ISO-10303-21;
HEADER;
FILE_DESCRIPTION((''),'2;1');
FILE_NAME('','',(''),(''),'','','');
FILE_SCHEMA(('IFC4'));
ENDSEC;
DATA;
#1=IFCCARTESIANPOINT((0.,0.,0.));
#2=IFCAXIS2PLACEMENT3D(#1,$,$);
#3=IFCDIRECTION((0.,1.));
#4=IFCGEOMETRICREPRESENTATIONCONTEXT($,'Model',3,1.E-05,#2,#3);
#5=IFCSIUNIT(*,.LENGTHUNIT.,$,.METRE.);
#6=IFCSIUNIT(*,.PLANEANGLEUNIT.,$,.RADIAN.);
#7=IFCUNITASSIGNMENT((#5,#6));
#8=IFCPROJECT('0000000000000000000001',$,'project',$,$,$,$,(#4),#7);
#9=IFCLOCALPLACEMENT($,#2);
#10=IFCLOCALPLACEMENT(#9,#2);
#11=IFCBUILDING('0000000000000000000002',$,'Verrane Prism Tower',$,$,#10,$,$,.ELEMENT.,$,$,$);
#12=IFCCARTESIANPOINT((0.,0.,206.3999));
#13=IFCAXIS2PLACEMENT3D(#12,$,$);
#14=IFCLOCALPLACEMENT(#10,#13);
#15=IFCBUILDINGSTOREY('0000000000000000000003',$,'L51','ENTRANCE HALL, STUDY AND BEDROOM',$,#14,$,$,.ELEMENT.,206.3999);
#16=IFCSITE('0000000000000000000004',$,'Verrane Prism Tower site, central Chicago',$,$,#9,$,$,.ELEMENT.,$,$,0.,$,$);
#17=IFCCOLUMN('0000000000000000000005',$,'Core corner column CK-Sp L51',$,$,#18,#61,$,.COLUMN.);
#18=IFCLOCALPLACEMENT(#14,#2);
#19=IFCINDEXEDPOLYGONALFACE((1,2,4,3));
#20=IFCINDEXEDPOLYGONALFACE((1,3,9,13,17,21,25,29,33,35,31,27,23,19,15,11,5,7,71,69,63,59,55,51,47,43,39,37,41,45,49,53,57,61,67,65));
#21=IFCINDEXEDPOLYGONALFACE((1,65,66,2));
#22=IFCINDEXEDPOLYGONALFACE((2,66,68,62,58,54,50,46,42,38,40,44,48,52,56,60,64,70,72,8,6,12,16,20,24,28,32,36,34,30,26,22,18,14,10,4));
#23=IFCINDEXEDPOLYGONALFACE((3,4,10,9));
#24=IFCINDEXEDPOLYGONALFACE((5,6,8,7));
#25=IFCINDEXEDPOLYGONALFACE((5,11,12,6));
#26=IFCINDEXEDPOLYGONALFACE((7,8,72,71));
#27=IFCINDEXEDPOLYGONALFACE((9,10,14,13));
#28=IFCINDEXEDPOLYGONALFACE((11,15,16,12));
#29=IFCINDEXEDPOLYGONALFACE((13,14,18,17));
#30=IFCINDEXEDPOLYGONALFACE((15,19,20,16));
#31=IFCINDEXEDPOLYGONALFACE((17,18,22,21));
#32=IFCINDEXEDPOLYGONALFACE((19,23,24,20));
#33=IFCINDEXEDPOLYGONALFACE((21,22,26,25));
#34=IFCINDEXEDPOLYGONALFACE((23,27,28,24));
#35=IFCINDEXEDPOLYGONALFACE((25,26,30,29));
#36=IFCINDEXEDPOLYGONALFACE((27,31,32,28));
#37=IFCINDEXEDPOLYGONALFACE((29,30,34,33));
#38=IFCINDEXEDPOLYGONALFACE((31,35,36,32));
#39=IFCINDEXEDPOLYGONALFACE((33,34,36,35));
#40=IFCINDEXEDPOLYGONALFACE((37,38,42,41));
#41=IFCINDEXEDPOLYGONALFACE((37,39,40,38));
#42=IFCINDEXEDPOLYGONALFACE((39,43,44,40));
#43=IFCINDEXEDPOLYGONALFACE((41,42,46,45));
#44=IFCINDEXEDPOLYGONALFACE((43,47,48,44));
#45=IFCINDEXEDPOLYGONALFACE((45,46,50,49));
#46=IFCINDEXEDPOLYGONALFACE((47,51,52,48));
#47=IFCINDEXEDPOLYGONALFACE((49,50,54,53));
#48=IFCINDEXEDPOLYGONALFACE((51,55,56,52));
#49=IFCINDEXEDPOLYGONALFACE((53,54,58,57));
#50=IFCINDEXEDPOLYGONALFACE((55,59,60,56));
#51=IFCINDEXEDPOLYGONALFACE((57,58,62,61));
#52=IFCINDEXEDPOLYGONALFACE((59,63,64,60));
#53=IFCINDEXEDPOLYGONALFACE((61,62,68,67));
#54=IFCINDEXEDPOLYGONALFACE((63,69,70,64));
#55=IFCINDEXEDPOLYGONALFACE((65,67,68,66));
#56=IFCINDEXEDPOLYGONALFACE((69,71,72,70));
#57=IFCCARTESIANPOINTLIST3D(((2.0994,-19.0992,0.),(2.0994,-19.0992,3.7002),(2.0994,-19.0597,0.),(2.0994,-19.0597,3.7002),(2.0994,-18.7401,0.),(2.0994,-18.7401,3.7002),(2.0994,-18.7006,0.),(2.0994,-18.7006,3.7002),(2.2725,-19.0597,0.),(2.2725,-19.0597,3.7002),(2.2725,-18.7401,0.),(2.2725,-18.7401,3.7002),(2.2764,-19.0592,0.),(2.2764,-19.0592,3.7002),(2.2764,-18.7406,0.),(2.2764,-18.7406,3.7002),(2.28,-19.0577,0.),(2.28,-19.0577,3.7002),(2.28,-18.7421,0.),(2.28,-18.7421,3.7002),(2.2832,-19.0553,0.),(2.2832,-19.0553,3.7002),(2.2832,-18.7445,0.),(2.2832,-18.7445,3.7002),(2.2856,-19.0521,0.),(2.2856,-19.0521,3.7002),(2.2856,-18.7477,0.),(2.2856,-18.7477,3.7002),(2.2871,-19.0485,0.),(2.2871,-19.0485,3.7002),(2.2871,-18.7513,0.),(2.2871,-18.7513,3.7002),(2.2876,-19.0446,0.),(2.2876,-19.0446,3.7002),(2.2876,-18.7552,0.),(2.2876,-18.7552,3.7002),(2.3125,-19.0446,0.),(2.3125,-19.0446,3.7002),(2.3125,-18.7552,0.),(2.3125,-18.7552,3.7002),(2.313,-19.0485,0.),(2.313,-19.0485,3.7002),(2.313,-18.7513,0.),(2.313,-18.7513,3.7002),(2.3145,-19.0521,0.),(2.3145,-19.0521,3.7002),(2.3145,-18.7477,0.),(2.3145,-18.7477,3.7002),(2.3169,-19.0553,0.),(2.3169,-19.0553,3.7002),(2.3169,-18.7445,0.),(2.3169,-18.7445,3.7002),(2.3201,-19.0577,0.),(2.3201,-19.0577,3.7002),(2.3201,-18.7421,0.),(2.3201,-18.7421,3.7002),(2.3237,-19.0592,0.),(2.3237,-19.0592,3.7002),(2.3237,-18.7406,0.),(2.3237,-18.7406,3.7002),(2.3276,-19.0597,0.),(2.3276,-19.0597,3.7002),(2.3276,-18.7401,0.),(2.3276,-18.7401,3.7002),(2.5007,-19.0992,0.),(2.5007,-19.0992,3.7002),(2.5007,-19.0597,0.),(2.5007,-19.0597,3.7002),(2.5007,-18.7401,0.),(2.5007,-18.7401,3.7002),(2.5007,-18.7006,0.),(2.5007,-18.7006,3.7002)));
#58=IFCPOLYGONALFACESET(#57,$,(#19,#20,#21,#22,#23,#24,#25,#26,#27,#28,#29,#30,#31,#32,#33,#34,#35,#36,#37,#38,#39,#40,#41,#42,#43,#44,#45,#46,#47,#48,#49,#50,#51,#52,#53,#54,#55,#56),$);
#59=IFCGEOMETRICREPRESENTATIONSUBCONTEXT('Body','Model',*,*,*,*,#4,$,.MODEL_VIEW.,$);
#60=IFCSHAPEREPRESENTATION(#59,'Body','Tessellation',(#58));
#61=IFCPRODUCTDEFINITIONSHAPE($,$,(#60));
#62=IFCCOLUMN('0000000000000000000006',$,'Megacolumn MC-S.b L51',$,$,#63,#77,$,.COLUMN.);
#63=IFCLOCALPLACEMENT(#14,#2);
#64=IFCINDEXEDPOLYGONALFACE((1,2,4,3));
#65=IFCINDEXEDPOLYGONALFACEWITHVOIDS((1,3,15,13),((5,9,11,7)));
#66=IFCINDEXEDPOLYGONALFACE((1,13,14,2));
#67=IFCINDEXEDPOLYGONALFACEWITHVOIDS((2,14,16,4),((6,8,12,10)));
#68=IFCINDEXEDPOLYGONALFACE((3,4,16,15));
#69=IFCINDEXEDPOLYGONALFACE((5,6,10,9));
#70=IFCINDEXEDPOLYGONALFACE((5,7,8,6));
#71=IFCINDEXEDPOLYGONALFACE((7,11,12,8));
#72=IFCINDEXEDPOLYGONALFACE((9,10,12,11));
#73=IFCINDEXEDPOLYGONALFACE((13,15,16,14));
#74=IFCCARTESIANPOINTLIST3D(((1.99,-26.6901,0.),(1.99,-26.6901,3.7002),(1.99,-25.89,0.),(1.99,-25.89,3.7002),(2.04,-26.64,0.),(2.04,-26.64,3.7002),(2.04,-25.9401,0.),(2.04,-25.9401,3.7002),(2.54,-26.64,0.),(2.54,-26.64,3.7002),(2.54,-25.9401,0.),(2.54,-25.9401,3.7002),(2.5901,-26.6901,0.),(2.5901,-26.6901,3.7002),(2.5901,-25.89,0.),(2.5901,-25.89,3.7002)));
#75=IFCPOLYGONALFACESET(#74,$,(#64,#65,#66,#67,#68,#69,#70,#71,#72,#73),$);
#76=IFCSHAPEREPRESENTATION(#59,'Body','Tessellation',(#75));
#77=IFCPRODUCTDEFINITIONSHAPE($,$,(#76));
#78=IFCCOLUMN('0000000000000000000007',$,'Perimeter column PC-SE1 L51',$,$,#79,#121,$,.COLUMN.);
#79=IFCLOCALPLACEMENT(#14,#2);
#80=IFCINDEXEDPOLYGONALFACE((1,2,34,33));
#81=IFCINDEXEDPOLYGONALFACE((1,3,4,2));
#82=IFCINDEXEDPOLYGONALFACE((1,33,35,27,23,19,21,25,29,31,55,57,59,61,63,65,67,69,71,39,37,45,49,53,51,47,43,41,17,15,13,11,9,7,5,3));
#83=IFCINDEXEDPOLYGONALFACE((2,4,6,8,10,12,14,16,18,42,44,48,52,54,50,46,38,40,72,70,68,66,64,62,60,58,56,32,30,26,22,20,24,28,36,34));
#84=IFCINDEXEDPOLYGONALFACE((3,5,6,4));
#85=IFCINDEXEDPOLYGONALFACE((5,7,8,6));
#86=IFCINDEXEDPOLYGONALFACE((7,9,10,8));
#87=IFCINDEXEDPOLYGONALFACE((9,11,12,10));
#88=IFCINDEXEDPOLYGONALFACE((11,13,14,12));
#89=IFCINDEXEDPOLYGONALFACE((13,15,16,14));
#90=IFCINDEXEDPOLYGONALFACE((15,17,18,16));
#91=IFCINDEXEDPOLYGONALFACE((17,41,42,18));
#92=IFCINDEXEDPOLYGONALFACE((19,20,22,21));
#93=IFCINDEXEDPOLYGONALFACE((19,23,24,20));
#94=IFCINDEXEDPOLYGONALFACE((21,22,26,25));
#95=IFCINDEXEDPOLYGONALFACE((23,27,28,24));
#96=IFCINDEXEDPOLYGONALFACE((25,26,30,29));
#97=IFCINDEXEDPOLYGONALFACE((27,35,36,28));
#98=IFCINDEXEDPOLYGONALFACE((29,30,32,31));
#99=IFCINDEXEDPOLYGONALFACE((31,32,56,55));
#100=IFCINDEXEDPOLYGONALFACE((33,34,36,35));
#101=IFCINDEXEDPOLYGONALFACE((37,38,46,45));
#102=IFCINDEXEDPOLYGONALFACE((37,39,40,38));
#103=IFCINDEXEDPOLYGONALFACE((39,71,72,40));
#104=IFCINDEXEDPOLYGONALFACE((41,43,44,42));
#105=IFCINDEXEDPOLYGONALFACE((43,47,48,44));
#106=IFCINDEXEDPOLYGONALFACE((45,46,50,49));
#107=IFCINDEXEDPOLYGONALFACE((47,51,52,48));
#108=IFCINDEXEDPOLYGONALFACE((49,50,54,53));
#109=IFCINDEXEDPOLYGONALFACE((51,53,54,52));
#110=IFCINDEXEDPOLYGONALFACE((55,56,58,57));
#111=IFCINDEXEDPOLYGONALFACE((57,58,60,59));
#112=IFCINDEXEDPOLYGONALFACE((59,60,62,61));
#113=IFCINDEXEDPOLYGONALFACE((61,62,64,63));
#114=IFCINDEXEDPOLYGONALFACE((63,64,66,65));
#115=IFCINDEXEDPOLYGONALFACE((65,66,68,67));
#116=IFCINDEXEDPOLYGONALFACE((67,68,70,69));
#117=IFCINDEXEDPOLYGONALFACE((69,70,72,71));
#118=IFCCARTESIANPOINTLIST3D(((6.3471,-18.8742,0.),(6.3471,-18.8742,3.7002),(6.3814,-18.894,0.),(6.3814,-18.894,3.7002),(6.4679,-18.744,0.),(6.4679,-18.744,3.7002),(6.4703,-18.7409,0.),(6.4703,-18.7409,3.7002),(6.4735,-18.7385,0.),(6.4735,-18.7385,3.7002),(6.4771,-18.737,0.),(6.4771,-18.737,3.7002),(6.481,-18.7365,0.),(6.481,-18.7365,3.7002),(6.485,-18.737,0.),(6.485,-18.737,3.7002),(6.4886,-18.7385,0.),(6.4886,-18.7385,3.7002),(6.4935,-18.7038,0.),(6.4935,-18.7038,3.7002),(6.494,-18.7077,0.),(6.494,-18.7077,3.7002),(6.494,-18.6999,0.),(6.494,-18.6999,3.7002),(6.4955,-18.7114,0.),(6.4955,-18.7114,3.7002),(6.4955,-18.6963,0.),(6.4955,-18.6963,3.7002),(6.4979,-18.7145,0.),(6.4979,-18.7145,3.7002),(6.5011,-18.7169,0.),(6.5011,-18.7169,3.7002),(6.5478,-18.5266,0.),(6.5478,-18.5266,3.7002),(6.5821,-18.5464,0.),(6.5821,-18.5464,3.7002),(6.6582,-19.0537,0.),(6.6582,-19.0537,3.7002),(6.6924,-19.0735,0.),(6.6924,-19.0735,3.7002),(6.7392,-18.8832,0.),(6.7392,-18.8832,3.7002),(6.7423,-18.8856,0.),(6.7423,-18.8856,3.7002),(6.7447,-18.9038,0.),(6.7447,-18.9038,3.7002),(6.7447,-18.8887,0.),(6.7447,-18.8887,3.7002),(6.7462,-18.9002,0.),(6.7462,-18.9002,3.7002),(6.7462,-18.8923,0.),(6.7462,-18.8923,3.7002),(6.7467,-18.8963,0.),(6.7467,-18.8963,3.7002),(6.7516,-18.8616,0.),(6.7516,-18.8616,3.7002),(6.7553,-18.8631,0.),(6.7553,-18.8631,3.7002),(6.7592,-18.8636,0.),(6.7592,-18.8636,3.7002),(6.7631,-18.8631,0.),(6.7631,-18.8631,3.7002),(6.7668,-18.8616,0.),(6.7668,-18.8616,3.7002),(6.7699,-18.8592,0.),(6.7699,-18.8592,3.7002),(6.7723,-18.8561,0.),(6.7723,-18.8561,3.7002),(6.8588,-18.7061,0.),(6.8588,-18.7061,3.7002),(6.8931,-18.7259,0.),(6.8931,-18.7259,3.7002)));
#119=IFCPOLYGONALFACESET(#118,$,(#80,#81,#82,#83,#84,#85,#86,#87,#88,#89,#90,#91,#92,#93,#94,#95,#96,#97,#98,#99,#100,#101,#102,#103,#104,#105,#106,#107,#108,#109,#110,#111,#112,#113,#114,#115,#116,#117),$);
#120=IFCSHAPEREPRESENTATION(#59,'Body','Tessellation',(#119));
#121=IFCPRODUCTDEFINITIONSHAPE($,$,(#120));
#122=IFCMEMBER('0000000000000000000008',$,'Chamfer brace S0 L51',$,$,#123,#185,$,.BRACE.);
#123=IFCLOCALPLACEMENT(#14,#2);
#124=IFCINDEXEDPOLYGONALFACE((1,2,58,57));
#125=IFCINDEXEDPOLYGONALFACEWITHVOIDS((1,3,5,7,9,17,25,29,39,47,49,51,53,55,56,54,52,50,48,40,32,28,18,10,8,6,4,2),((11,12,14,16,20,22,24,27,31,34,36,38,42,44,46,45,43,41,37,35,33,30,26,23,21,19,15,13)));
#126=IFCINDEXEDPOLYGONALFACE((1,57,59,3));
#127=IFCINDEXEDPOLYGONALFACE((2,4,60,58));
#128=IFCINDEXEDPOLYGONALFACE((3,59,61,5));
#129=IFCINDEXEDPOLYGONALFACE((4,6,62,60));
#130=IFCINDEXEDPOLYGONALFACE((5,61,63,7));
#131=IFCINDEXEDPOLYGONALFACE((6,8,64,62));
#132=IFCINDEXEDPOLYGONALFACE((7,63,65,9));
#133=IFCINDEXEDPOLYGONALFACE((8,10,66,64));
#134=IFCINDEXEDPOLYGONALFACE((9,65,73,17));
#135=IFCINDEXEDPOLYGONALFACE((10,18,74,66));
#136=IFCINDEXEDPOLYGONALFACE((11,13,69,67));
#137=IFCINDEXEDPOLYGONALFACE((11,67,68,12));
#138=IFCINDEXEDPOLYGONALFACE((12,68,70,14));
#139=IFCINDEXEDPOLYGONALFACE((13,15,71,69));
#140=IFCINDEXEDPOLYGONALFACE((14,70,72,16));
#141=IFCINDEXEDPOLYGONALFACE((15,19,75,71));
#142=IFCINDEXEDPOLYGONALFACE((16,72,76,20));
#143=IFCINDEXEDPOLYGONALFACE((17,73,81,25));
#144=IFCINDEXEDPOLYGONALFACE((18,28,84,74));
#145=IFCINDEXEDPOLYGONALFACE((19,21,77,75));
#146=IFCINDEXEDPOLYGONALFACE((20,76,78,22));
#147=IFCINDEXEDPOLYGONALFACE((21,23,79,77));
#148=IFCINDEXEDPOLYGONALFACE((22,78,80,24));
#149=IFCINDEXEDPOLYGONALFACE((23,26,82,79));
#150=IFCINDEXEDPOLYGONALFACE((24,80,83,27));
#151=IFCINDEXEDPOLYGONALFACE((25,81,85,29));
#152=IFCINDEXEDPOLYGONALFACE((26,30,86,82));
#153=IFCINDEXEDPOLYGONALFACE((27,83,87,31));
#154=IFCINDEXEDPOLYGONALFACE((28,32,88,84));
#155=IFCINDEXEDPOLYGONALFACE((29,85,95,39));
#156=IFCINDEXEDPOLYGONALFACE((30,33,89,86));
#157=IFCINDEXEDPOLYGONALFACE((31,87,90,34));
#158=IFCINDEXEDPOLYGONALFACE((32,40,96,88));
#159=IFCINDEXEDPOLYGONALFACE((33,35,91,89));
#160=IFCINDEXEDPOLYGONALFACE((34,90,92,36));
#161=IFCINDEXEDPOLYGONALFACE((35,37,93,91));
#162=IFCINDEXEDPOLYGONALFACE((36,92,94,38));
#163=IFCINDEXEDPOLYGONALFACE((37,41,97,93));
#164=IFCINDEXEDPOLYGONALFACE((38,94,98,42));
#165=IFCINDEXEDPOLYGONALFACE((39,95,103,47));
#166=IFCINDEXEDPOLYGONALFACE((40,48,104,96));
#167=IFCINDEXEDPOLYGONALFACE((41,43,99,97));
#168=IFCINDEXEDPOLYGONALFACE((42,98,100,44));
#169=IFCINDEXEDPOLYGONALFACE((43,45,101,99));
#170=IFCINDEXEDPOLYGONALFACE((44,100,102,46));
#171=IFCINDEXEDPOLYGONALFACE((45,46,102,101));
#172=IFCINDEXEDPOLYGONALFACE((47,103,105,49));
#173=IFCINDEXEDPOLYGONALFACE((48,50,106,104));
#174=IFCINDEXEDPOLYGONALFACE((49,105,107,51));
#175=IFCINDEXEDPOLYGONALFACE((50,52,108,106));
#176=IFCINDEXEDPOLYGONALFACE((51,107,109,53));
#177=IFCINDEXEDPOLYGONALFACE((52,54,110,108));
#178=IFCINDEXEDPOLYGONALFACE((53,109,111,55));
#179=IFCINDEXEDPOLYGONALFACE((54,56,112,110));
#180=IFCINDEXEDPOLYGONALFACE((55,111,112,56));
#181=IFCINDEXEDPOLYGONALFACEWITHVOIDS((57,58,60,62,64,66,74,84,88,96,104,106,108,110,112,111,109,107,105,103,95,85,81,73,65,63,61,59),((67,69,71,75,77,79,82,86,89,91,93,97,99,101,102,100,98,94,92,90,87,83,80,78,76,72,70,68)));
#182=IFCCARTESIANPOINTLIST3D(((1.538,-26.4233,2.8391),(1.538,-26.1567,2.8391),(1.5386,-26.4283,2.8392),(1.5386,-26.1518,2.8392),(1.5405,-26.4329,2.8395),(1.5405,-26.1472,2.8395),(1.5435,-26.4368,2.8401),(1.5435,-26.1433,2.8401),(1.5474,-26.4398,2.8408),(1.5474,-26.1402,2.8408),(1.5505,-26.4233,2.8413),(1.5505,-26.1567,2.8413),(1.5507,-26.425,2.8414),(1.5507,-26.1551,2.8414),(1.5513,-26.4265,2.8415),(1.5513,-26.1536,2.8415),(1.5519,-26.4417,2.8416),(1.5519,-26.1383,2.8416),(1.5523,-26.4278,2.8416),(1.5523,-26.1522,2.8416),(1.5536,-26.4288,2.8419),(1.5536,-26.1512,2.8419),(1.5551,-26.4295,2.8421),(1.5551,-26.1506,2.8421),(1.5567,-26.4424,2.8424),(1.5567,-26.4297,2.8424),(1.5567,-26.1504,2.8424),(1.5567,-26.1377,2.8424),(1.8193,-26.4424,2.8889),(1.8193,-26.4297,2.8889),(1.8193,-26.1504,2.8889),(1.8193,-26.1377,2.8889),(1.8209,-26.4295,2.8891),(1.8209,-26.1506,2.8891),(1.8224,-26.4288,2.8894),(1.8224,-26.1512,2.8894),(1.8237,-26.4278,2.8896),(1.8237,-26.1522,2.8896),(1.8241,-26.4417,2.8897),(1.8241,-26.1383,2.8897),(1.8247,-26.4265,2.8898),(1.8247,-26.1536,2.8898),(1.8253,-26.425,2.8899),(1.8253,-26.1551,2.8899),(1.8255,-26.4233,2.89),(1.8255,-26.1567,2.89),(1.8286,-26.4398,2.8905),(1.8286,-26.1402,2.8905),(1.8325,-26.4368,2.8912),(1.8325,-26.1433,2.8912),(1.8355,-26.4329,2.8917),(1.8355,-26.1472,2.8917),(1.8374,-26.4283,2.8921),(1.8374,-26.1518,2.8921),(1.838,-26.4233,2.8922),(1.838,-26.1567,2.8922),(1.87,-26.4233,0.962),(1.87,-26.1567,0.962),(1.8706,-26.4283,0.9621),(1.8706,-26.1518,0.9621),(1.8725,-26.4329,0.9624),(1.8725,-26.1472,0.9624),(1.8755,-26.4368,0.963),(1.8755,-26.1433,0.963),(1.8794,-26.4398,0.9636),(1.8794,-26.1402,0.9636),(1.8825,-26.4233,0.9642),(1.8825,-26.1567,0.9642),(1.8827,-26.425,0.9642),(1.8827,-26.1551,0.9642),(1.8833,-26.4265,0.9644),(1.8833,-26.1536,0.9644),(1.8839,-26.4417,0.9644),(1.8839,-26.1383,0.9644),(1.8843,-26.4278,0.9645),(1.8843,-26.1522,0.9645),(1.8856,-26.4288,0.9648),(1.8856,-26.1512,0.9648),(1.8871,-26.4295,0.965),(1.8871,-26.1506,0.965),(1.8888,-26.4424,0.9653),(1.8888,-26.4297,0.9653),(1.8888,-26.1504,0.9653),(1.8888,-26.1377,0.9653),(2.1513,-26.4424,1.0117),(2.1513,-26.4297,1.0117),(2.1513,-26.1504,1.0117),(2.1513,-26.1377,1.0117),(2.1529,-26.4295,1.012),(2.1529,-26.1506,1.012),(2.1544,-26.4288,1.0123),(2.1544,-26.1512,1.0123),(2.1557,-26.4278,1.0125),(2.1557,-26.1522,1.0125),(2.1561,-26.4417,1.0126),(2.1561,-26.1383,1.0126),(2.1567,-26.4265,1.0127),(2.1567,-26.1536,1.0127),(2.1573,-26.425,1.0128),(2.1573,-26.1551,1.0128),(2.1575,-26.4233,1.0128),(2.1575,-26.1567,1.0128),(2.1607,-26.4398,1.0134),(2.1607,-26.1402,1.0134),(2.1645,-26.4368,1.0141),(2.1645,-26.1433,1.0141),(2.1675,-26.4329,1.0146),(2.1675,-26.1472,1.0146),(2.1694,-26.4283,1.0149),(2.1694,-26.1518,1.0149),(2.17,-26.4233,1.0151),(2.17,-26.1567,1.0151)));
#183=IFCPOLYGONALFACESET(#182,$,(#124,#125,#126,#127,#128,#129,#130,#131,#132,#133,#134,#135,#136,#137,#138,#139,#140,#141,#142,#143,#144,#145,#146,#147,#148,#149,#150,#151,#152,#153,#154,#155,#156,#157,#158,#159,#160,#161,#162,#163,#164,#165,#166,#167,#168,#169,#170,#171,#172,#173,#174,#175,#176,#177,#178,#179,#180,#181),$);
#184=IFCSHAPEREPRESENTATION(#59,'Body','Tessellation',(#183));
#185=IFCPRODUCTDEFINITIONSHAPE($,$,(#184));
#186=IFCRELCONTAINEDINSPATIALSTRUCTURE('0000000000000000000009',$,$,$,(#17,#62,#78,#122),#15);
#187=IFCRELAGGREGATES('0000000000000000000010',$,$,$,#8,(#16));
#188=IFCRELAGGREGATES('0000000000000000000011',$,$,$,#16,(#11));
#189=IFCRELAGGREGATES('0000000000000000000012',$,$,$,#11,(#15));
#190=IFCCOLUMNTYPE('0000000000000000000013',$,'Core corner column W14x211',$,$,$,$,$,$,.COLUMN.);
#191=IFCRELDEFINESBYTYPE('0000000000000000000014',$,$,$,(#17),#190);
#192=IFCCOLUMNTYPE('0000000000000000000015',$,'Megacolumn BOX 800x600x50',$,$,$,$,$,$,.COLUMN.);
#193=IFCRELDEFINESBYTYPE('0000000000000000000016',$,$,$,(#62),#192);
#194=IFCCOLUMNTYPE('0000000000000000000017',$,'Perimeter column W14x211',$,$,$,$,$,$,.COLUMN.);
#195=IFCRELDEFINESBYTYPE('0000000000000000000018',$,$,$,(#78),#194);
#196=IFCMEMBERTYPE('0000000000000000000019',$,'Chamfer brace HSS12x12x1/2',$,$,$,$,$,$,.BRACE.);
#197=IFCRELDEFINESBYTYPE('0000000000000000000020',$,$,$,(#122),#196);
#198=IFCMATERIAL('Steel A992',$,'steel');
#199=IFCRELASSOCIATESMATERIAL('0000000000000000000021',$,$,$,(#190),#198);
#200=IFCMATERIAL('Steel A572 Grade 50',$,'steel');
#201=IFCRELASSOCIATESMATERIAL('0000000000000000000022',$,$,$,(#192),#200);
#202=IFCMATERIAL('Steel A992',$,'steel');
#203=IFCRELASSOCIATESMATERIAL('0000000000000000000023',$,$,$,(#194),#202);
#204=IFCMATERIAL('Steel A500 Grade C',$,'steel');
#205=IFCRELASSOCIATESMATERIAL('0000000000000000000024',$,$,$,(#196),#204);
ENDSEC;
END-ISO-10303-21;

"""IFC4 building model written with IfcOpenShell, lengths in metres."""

from ifc_helpers import new_model, si_unit, direction, frame, origin, origin_2d, place, context, subcontext, project, spatial, hollow_rectangle, i_section, extrude, material, material_profile, profile_set, type_object, element, save


model = new_model("IFC4")

# Units and contexts
model_context = context("Model", 3, precision=1e-05, world=origin(), true_north=direction((0.0, 1.0)))
body_context = subcontext(model_context, "Body", "Model", "MODEL_VIEW")
ifc_project = project(units=[si_unit("LENGTHUNIT", "METRE"), si_unit("PLANEANGLEUNIT", "RADIAN")], contexts=[model_context])

# Site, building, storey
site_placement = place(None, origin())
site = spatial("IfcSite", under=ifc_project, at=site_placement, Name="Verrane Prism Tower site, central Chicago", CompositionType="ELEMENT", RefElevation=0.0)
building_placement = place(site_placement, origin())
building = spatial("IfcBuilding", under=site, at=building_placement, Name="Verrane Prism Tower", CompositionType="ELEMENT")
storey_placement = place(building_placement, frame((0.0, 0.0, 206.3999)))
storey = spatial("IfcBuildingStorey", under=building, at=storey_placement, Name="L51", Description="ENTRANCE HALL, STUDY AND BEDROOM", CompositionType="ELEMENT", Elevation=206.3999)

# Columns
ifc_material_1 = material(Name="Steel A992", Category="steel")
ifc_material_profile_1 = material_profile(ifc_material_1, i_section(OverallWidth=0.4014, OverallDepth=0.3987, WebThickness=0.0249, FlangeThickness=0.0396, FilletRadius=0.0151, at=origin_2d()), Name="W14x211")
ifc_profile_set_1 = profile_set([ifc_material_profile_1], Name="Steel A992")
column_type_1 = type_object("IfcColumnType", Name="Core corner column W14x211", PredefinedType="COLUMN", material=ifc_profile_set_1)
column_1_placement = place(storey_placement, frame((2.3, -18.8999, 0.0), z_axis=(0.0, 0.0, 1.0), x_axis=(-1.0, 0.0, 0.0)))
element("IfcColumn", 1, at=column_1_placement, inside=storey, type_object=column_type_1, Name="Core corner column CK-Sp L51", PredefinedType="COLUMN", context=body_context, shape_type="SweptSolid", body=[
    extrude(i_section(OverallWidth=0.4014, OverallDepth=0.3987, WebThickness=0.0249, FlangeThickness=0.0396, FilletRadius=0.0151, at=origin_2d()), origin(), (0.0, 0.0, 1.0), 3.7002),
])
ifc_material_2 = material(Name="Steel A572 Grade 50", Category="steel")
ifc_material_profile_2 = material_profile(ifc_material_2, hollow_rectangle(XDim=0.6001, YDim=0.8, WallThickness=0.05, at=origin_2d()), Name="BOX 800x600x50")
ifc_profile_set_2 = profile_set([ifc_material_profile_2], Name="Steel A572 Grade 50")
column_type_2 = type_object("IfcColumnType", Name="Megacolumn BOX 800x600x50", PredefinedType="COLUMN", material=ifc_profile_set_2)
column_2_placement = place(storey_placement, frame((2.29, -26.29, 0.0), z_axis=(0.0, 0.0, 1.0), x_axis=(-1.0, 0.0, 0.0)))
element("IfcColumn", 2, at=column_2_placement, inside=storey, type_object=column_type_2, Name="Megacolumn MC-S.b L51", PredefinedType="COLUMN", context=body_context, shape_type="SweptSolid", body=[
    extrude(hollow_rectangle(XDim=0.6001, YDim=0.8, WallThickness=0.05, at=origin_2d()), origin(), (0.0, 0.0, 1.0), 3.7002),
])
ifc_material_3 = material(Name="Steel A992", Category="steel")
ifc_material_profile_3 = material_profile(ifc_material_3, i_section(OverallWidth=0.4014, OverallDepth=0.3987, WebThickness=0.0249, FlangeThickness=0.0396, FilletRadius=0.0151, at=origin_2d()), Name="W14x211")
ifc_profile_set_3 = profile_set([ifc_material_profile_3], Name="Steel A992")
column_type_3 = type_object("IfcColumnType", Name="Perimeter column W14x211", PredefinedType="COLUMN", material=ifc_profile_set_3)
column_3_placement = place(storey_placement, frame((6.6201, -18.8, 0.0), z_axis=(0.0, 0.0, 1.0), x_axis=(-0.5, -0.866025, 0.0)))
element("IfcColumn", 3, at=column_3_placement, inside=storey, type_object=column_type_3, Name="Perimeter column PC-SE1 L51", PredefinedType="COLUMN", context=body_context, shape_type="SweptSolid", body=[
    extrude(i_section(OverallWidth=0.4014, OverallDepth=0.3987, WebThickness=0.0249, FlangeThickness=0.0396, FilletRadius=0.0151, at=origin_2d()), origin(), (0.0, 0.0, 1.0), 3.7002),
])

# Member
ifc_material_4 = material(Name="Steel A500 Grade C", Category="steel")
ifc_material_profile_4 = material_profile(ifc_material_4, hollow_rectangle(XDim=0.3047, YDim=0.3047, WallThickness=0.0127, InnerFilletRadius=0.0063, OuterFilletRadius=0.019, at=origin_2d()), Name="HSS12x12x1/2")
ifc_profile_set_4 = profile_set([ifc_material_profile_4], Name="Steel A500 Grade C")
member_type_1 = type_object("IfcMemberType", Name="Chamfer brace HSS12x12x1/2", PredefinedType="BRACE", material=ifc_profile_set_4)
member_1_placement = place(storey_placement, frame((2.02, -26.29, 0.9885), z_axis=(-0.174173, 0.0, 0.984715), x_axis=(0.0, -1.0, 0.0)))
element("IfcMember", 4, at=member_1_placement, inside=storey, type_object=member_type_1, Name="Chamfer brace S0 L51", PredefinedType="BRACE", context=body_context, shape_type="SweptSolid", body=[
    extrude(hollow_rectangle(XDim=0.3047, YDim=0.3047, WallThickness=0.0127, InnerFilletRadius=0.0063, OuterFilletRadius=0.019, at=origin_2d()), origin(), (0.0, 0.0, 1.0), 1.9062),
])

save(model, "model.ifc")
